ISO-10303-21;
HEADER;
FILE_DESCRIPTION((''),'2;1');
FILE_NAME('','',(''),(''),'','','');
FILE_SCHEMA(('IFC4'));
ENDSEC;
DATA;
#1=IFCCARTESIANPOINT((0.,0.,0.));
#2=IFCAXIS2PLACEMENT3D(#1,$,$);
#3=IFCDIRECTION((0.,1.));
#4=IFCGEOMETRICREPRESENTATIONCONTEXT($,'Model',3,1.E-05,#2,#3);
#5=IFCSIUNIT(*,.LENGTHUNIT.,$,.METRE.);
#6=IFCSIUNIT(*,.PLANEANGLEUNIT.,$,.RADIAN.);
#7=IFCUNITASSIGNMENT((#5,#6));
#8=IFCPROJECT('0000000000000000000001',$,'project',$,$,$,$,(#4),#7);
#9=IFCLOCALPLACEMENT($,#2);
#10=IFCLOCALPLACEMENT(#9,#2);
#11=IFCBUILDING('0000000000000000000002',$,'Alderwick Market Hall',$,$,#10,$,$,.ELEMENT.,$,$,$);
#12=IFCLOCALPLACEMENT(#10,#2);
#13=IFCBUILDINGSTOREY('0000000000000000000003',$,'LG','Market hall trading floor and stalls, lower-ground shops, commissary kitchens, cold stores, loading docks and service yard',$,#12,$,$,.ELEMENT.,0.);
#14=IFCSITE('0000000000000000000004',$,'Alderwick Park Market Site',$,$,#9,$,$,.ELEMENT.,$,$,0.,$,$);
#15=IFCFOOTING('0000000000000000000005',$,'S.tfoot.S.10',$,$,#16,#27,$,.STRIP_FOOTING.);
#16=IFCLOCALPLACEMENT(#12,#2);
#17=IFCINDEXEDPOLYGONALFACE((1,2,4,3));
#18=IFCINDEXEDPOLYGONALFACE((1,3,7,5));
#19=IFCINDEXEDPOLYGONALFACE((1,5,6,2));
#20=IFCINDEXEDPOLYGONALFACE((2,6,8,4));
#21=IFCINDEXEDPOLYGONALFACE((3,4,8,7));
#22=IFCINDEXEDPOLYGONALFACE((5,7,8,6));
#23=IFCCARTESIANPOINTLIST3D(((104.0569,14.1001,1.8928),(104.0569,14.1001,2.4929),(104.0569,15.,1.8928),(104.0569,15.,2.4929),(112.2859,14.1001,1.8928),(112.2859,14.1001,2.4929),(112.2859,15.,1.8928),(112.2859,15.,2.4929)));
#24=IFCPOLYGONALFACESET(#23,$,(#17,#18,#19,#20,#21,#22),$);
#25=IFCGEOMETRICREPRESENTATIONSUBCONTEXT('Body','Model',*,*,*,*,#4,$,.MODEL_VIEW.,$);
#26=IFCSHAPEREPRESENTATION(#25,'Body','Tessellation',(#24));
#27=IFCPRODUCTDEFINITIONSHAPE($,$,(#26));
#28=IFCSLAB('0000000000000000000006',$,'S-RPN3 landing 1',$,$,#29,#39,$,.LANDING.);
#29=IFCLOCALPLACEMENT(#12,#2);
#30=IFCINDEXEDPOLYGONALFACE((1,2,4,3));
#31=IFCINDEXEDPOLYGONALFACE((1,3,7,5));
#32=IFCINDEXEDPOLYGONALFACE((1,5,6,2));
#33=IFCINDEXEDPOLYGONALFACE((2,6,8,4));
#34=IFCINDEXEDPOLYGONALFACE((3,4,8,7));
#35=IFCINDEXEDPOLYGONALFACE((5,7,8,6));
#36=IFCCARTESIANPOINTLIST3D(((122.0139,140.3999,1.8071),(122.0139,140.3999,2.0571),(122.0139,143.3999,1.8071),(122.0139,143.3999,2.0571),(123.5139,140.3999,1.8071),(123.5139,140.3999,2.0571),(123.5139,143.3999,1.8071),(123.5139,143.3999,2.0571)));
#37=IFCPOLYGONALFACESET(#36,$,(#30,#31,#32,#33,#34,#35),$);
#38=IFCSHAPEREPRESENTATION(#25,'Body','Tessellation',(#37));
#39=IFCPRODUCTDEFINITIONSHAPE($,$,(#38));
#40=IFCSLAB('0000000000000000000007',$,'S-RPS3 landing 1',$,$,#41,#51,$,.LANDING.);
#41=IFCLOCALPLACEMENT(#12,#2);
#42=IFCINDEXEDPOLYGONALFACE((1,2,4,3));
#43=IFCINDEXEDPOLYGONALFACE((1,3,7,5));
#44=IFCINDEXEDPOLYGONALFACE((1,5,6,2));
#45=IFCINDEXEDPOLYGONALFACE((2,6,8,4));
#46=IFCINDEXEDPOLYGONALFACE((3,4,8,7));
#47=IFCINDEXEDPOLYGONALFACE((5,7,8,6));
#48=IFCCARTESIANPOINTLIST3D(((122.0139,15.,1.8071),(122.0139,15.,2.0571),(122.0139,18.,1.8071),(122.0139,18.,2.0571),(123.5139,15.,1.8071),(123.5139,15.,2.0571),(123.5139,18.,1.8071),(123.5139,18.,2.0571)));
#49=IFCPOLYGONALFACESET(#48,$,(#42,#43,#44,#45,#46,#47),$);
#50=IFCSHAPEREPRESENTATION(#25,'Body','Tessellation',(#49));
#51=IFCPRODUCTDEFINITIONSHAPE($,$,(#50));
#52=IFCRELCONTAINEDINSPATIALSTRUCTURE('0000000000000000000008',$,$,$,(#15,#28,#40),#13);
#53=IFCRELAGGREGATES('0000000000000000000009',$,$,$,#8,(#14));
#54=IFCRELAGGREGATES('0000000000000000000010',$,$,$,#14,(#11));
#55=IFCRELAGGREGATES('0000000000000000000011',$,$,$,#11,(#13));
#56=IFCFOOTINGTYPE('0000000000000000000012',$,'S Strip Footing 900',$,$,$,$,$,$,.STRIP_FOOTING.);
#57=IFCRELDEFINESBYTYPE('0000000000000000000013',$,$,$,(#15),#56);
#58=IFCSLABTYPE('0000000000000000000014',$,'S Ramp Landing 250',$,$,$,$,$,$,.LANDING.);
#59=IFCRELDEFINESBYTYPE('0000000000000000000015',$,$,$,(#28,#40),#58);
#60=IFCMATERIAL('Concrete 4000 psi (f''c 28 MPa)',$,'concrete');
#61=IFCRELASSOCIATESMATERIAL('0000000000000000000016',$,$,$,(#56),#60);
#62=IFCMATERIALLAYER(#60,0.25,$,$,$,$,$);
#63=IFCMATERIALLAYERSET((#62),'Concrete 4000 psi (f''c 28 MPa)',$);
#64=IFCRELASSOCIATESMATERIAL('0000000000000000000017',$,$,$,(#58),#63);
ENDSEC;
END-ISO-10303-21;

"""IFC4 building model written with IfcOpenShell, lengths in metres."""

from ifc_helpers import new_model, si_unit, direction, frame, origin, place, context, subcontext, project, spatial, polyline, outline, extrude, material, layer, layer_set, type_object, element, save


model = new_model("IFC4")

# Units and contexts
model_context = context("Model", 3, precision=1e-05, world=origin(), true_north=direction((0.0, 1.0)))
body_context = subcontext(model_context, "Body", "Model", "MODEL_VIEW")
ifc_project = project(units=[si_unit("LENGTHUNIT", "METRE"), si_unit("PLANEANGLEUNIT", "RADIAN")], contexts=[model_context])

# Site, building, storey
site_placement = place(None, origin())
site = spatial("IfcSite", under=ifc_project, at=site_placement, Name="Alderwick Park Market Site", CompositionType="ELEMENT", RefElevation=0.0)
building_placement = place(site_placement, origin())
building = spatial("IfcBuilding", under=site, at=building_placement, Name="Alderwick Market Hall", CompositionType="ELEMENT")
storey_placement = place(building_placement, origin())
storey = spatial("IfcBuildingStorey", under=building, at=storey_placement, Name="LG", Description="Market hall trading floor and stalls, lower-ground shops, commissary kitchens, cold stores, loading docks and service yard", CompositionType="ELEMENT", Elevation=0.0)

# Footing
ifc_material_1 = material(Name="Concrete 4000 psi (f'c 28 MPa)", Category="concrete")
footing_type = type_object("IfcFootingType", Name="S Strip Footing 900", PredefinedType="STRIP_FOOTING", material=ifc_material_1)
footing_1_placement = place(storey_placement, frame((0.0, 0.0, 1.8928)))
element("IfcFooting", 1, at=footing_1_placement, inside=storey, type_object=footing_type, Name="S.tfoot.S.10", PredefinedType="STRIP_FOOTING", context=body_context, shape_type="SweptSolid", body=[
    extrude(outline(polyline([(112.2859, 14.1001), (112.2859, 15.0), (104.0569, 15.0), (104.0569, 14.1001), (112.2859, 14.1001)])), origin(), (0.0, 0.0, 1.0), 0.6001),
])

# Slabs
ifc_layer_1 = layer(ifc_material_1, 0.25)
ifc_layer_set_1 = layer_set([ifc_layer_1], Name="Concrete 4000 psi (f'c 28 MPa)")
slab_type_1 = type_object("IfcSlabType", Name="S Ramp Landing 250", PredefinedType="LANDING", material=ifc_layer_set_1)
slab_1_placement = place(storey_placement, frame((0.0, 0.0, 1.8071)))
element("IfcSlab", 2, at=slab_1_placement, inside=storey, type_object=slab_type_1, Name="S-RPN3 landing 1", PredefinedType="LANDING", context=body_context, shape_type="SweptSolid", body=[
    extrude(outline(polyline([(123.5139, 140.3999), (122.0139, 140.3999), (122.0139, 143.3999), (123.5139, 143.3999), (123.5139, 140.3999)])), origin(), (0.0, 0.0, 1.0), 0.25),
])
slab_2_placement = place(storey_placement, frame((0.0, 0.0, 1.8071)))
element("IfcSlab", 3, at=slab_2_placement, inside=storey, type_object=slab_type_1, Name="S-RPS3 landing 1", PredefinedType="LANDING", context=body_context, shape_type="SweptSolid", body=[
    extrude(outline(polyline([(123.5139, 15.0), (122.0139, 15.0), (122.0139, 18.0), (123.5139, 18.0), (123.5139, 15.0)])), origin(), (0.0, 0.0, 1.0), 0.25),
])

save(model, "model.ifc")
